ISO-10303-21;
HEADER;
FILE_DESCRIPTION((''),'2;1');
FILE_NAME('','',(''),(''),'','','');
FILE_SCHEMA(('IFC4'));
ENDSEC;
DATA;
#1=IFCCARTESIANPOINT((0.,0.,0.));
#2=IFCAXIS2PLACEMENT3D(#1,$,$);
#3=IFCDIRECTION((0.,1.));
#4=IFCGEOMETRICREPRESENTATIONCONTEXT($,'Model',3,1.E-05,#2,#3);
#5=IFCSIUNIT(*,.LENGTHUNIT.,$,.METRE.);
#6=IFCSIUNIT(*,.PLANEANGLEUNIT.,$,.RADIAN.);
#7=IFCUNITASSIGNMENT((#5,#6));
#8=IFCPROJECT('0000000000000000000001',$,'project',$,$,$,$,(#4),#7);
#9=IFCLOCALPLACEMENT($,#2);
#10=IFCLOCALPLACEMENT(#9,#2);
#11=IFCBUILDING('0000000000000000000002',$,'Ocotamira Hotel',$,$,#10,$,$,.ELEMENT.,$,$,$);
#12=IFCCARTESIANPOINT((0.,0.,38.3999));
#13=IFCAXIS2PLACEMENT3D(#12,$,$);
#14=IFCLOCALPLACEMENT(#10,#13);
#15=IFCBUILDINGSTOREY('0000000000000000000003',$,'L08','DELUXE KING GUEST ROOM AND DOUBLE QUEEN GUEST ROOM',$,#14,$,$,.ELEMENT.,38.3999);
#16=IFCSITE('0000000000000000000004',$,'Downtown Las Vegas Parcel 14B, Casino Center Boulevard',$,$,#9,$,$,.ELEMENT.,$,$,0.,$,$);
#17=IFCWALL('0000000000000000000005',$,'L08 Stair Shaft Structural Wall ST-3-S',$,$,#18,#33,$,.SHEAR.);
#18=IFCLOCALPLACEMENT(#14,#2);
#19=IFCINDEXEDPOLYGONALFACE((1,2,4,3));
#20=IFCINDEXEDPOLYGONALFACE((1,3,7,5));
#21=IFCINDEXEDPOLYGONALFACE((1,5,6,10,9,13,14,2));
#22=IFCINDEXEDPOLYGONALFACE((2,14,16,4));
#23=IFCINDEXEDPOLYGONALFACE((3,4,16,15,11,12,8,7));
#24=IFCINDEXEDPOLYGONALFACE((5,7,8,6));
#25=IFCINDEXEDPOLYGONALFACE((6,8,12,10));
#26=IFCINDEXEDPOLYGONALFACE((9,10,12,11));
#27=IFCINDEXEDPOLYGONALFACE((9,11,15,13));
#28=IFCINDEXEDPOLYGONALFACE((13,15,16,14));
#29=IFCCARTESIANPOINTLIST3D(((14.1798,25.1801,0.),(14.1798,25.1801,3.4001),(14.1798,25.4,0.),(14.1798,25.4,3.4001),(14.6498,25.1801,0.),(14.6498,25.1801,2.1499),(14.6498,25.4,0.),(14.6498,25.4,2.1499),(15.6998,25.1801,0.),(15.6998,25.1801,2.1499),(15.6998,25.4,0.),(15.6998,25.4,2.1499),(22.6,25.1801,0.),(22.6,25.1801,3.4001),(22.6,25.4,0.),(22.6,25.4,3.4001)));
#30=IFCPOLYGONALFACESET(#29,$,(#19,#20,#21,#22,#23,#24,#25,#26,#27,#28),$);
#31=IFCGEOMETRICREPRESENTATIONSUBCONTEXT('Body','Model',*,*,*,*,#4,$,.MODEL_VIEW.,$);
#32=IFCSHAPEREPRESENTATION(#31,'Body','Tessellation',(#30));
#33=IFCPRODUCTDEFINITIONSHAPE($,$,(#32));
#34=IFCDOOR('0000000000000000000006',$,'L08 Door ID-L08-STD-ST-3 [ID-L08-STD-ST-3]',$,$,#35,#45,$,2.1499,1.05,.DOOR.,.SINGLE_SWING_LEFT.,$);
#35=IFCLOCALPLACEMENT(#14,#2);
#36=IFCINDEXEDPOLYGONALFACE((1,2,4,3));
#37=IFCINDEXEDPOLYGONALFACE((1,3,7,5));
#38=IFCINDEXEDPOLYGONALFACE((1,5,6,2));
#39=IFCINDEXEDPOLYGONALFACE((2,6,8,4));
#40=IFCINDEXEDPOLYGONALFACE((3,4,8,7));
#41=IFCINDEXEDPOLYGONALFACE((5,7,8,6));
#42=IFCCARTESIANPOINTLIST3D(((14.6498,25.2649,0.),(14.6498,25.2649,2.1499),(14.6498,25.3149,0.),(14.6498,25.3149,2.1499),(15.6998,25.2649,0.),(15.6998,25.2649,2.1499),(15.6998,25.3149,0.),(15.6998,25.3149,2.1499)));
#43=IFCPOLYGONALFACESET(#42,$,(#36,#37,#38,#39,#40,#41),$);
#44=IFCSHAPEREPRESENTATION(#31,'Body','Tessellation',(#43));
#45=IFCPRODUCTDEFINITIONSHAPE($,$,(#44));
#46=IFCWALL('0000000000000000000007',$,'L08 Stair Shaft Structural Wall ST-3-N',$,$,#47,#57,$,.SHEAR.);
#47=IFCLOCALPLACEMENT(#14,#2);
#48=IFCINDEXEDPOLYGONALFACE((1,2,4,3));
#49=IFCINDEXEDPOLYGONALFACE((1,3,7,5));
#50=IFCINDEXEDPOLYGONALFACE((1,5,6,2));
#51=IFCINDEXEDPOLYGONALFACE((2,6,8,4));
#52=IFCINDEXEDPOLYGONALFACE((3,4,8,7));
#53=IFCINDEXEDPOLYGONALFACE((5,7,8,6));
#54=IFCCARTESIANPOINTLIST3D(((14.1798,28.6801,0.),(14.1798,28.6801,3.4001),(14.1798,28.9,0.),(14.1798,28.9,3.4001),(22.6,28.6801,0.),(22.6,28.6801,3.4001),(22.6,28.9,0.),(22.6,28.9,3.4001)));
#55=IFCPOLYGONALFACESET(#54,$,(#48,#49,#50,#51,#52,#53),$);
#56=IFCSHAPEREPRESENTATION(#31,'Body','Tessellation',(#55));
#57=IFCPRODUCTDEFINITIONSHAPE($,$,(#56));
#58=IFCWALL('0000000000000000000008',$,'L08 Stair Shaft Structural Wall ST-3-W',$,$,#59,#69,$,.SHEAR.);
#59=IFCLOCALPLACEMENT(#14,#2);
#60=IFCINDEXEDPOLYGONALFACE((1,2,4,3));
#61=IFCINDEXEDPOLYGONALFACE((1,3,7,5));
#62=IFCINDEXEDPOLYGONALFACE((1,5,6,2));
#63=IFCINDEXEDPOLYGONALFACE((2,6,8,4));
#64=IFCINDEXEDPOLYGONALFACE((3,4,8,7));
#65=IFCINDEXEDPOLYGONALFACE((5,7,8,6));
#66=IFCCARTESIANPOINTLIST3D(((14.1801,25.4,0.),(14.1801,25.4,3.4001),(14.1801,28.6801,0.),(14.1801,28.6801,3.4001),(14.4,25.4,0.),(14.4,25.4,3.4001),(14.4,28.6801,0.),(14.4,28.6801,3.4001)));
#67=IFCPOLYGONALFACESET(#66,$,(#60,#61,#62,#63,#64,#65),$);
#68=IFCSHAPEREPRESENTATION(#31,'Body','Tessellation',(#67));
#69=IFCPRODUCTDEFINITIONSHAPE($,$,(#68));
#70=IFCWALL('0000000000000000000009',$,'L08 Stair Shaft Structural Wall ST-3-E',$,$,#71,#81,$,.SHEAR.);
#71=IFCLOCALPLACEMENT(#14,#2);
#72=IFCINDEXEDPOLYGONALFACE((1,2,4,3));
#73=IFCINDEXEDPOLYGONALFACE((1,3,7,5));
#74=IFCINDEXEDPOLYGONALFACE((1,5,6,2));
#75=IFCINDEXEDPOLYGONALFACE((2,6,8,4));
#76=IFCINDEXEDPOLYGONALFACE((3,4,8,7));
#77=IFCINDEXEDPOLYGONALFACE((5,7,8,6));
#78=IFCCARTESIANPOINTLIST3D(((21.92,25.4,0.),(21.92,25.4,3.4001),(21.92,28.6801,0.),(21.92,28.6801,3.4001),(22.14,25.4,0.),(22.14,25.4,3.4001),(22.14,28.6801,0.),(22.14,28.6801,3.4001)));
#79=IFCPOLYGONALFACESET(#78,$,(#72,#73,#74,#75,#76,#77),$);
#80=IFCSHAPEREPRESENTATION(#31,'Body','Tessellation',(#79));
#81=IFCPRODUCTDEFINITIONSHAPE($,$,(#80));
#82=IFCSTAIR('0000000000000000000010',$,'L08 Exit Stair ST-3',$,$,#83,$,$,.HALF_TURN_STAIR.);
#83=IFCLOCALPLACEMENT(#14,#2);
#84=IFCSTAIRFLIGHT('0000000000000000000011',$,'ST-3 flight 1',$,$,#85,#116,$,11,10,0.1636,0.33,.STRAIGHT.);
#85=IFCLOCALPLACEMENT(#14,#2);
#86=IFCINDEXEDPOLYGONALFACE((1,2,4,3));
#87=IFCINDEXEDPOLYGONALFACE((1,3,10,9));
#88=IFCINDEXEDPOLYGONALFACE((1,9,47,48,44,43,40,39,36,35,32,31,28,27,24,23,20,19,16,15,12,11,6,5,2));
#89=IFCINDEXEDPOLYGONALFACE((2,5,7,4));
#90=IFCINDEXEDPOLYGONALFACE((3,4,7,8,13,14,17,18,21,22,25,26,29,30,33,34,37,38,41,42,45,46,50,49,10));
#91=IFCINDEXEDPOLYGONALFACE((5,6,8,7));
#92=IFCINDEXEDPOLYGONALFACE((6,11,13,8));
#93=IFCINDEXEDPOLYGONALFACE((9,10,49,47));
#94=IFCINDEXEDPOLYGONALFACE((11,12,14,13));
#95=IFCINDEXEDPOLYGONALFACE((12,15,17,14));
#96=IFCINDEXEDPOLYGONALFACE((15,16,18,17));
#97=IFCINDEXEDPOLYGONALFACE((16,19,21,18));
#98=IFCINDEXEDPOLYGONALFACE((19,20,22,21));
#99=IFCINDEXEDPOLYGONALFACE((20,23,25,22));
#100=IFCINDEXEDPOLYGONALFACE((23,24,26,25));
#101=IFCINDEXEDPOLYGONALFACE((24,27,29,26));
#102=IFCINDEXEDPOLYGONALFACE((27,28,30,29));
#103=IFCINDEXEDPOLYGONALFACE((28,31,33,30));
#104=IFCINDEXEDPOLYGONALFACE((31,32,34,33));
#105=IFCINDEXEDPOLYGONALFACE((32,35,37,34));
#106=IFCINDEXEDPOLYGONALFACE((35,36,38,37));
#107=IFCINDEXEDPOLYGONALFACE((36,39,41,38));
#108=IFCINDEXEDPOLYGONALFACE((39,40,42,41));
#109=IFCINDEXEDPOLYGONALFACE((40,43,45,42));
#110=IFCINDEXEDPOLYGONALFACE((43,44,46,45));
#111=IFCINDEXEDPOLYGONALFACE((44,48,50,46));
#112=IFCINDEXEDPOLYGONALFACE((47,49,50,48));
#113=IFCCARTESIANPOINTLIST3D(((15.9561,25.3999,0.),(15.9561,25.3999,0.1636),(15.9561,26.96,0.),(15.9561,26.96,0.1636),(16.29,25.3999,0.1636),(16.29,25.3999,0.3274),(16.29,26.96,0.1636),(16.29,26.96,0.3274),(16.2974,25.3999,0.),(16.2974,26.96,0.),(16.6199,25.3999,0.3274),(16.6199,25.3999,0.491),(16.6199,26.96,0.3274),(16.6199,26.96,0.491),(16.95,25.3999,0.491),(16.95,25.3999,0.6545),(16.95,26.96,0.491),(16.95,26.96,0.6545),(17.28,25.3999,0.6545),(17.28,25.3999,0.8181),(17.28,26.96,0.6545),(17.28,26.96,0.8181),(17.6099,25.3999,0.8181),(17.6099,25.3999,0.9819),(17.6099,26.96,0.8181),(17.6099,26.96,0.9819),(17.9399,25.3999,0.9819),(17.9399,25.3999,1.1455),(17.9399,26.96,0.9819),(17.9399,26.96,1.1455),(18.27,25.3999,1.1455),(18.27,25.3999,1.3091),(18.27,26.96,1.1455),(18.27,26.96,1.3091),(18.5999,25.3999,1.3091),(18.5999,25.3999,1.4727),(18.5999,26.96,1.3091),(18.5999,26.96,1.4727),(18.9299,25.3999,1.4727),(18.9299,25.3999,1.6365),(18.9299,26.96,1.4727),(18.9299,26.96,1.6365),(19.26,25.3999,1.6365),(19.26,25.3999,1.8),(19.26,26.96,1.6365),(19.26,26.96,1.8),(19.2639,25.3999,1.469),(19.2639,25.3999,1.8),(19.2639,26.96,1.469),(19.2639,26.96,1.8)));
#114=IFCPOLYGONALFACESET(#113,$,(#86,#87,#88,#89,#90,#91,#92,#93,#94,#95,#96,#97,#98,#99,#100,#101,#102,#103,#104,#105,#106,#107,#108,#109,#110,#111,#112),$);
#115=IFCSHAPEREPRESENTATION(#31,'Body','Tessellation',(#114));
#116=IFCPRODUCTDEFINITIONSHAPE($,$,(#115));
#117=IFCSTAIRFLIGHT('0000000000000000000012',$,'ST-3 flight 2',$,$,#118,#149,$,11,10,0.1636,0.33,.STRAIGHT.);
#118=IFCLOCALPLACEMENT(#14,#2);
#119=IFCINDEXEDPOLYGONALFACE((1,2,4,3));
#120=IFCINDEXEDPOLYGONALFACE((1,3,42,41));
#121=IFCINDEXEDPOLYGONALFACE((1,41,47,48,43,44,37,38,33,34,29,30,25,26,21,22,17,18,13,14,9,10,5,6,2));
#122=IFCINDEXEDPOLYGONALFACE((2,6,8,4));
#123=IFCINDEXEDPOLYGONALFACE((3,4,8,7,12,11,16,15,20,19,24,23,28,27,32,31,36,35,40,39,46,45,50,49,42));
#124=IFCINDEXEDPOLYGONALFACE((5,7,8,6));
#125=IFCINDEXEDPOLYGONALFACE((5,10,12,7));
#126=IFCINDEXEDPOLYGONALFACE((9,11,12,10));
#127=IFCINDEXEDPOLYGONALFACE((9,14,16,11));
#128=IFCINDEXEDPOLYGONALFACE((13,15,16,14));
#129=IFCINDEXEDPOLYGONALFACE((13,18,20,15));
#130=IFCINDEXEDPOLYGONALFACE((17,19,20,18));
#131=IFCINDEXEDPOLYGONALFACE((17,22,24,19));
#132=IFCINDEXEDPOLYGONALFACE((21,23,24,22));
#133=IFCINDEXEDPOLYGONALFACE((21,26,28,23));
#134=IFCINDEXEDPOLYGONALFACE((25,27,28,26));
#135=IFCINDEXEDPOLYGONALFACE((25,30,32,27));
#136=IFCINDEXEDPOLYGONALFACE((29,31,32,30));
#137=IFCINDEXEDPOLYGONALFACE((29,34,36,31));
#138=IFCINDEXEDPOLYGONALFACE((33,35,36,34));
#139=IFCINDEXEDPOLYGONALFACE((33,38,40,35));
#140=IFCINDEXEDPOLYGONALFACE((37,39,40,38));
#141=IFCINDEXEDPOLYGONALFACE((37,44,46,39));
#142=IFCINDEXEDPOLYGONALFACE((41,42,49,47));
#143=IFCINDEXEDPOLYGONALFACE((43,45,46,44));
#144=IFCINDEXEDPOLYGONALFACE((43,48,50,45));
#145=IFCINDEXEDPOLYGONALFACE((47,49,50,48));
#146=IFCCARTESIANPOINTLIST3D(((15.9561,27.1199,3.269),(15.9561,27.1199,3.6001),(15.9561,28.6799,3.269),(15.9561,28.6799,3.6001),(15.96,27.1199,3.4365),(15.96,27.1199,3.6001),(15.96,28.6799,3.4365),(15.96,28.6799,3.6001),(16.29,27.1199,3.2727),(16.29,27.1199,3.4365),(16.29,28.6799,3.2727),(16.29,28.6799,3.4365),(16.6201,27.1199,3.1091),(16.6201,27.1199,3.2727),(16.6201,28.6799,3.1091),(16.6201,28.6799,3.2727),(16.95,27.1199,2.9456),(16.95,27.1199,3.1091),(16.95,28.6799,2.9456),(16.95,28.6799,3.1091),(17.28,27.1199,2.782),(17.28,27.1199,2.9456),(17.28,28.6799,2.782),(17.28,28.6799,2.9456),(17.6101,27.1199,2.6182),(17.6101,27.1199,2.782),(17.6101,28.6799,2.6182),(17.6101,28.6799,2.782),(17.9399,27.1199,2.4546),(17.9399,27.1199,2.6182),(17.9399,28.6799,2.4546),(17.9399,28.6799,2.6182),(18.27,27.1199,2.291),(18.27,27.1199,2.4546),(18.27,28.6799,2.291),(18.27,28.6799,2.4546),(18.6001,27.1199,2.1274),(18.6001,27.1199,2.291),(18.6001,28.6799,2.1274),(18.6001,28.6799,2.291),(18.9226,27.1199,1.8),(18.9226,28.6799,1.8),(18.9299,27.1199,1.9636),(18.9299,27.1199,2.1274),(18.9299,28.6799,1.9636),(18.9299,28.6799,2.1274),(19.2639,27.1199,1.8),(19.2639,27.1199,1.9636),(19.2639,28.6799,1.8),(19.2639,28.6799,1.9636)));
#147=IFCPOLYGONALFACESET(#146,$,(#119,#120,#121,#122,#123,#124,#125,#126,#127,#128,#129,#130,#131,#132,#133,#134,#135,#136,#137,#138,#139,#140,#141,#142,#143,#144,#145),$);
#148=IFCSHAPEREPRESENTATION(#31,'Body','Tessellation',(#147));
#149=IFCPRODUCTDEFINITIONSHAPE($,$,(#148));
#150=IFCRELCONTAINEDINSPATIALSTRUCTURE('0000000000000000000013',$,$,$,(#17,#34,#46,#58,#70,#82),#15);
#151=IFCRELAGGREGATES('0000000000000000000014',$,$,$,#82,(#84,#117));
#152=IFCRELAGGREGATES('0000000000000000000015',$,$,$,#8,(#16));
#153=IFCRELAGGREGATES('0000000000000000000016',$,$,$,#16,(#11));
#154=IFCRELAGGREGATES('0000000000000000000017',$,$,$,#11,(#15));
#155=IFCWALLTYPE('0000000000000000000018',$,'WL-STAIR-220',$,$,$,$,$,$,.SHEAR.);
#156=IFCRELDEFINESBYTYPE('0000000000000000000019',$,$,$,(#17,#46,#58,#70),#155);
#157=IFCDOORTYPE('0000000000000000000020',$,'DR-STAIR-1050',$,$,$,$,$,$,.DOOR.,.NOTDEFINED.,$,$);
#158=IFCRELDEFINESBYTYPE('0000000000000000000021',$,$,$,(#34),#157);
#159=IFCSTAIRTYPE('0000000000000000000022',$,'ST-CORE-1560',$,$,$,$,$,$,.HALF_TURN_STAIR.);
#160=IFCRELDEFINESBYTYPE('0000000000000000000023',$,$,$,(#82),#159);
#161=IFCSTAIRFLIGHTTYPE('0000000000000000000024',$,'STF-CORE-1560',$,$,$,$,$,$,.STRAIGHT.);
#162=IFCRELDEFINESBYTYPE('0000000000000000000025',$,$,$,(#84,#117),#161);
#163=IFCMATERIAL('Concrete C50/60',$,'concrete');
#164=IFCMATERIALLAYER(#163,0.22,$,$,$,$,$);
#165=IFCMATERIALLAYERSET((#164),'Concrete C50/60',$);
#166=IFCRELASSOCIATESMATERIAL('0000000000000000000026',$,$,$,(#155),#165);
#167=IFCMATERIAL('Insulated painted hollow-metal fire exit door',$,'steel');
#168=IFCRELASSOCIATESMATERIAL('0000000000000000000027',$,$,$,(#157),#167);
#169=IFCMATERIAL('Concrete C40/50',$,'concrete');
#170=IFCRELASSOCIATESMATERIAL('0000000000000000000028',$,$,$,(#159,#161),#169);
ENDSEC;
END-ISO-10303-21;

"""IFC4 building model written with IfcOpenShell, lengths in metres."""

from ifc_helpers import new_model, si_unit, direction, frame, frame_2d, origin, place, context, subcontext, project, spatial, polyline, rectangle, outline, extrude, source, transform, mapped, material, layer, layer_set, type_object, element, fill, aggregate, save


model = new_model("IFC4")

# Units and contexts
model_context = context("Model", 3, precision=1e-05, world=origin(), true_north=direction((0.0, 1.0)))
body_context = subcontext(model_context, "Body", "Model", "MODEL_VIEW")
ifc_project = project(units=[si_unit("LENGTHUNIT", "METRE"), si_unit("PLANEANGLEUNIT", "RADIAN")], contexts=[model_context])

# Site, building, storey
site_placement = place(None, origin())
site = spatial("IfcSite", under=ifc_project, at=site_placement, Name="Downtown Las Vegas Parcel 14B, Casino Center Boulevard", CompositionType="ELEMENT", RefElevation=0.0)
building_placement = place(site_placement, origin())
building = spatial("IfcBuilding", under=site, at=building_placement, Name="Ocotamira Hotel", CompositionType="ELEMENT")
storey_placement = place(building_placement, frame((0.0, 0.0, 38.3999)))
storey = spatial("IfcBuildingStorey", under=building, at=storey_placement, Name="L08", Description="DELUXE KING GUEST ROOM AND DOUBLE QUEEN GUEST ROOM", CompositionType="ELEMENT", Elevation=38.3999)

# Wall, opening, door
ifc_material_1 = material(Name="Concrete C50/60", Category="concrete")
ifc_layer_1 = layer(ifc_material_1, 0.22)
ifc_layer_set_1 = layer_set([ifc_layer_1], Name="Concrete C50/60")
wall_type_1 = type_object("IfcWallType", Name="WL-STAIR-220", PredefinedType="SHEAR", material=ifc_layer_set_1)
wall_1_placement = place(storey_placement, frame((14.1799, 25.29, 0.0), z_axis=(0.0, 0.0, 1.0), x_axis=(1.0, 0.0, 0.0)))
wall_1 = element("IfcWall", 1, at=wall_1_placement, inside=storey, type_object=wall_type_1, Name="L08 Stair Shaft Structural Wall ST-3-S", PredefinedType="SHEAR", context=body_context, shape_type="SweptSolid", body=[
    extrude(rectangle(XDim=8.4202, YDim=0.22, at=frame_2d((4.21, 0.0))), origin(), (0.0, 0.0, 1.0), 3.4001),
])
opening_1_placement = place(wall_1_placement, frame((0.47, 0.0, 0.0)))
opening_1 = element("IfcOpeningElement", 2, at=opening_1_placement, cuts=wall_1, PredefinedType="OPENING", context=body_context, shape_type="SweptSolid", body=[
    extrude(rectangle(XDim=1.05, YDim=2.1499, at=frame_2d((0.5249, 1.075))), frame((0.0, 0.1201, 0.0), z_axis=(0.0, -1.0, 0.0), x_axis=(1.0, 0.0, 0.0)), (0.0, 0.0, 1.0), 0.24),
])
ifc_material_2 = material(Name="Insulated painted hollow-metal fire exit door", Category="steel")
door_type_1 = type_object("IfcDoorType", Name="DR-STAIR-1050", OperationType="NOTDEFINED", PredefinedType="DOOR", material=ifc_material_2)
shared_shape_1 = source(origin(), body_context, "Body", "SweptSolid", [
    extrude(rectangle(XDim=1.05, YDim=2.1499, at=frame_2d((0.5249, 1.075))), frame((0.0, 0.0249, 0.0), z_axis=(0.0, -1.0, 0.0), x_axis=(1.0, 0.0, 0.0)), (0.0, 0.0, 1.0), 0.05),
])
door_1_placement = place(opening_1_placement, origin())
door_1 = element("IfcDoor", 3, at=door_1_placement, inside=storey, type_object=door_type_1, Name="L08 Door ID-L08-STD-ST-3 [ID-L08-STD-ST-3]", OperationType="SINGLE_SWING_LEFT", OverallHeight=2.1499, OverallWidth=1.05, PredefinedType="DOOR", context=body_context, shape_type="MappedRepresentation", body=[
    mapped(shared_shape_1, transform((0.0, 0.0, 0.0), scale=1.0)),
])
fill(opening_1, door_1)

# Walls
wall_2_placement = place(storey_placement, frame((14.1799, 28.79, 0.0), z_axis=(0.0, 0.0, 1.0), x_axis=(1.0, 0.0, 0.0)))
element("IfcWall", 4, at=wall_2_placement, inside=storey, type_object=wall_type_1, Name="L08 Stair Shaft Structural Wall ST-3-N", PredefinedType="SHEAR", context=body_context, shape_type="SweptSolid", body=[
    extrude(rectangle(XDim=8.4202, YDim=0.22, at=frame_2d((4.21, 0.0))), origin(), (0.0, 0.0, 1.0), 3.4001),
])
for number, where, z_axis, x_axis, name in (
    (5, (14.29, 25.3999, 0.0), (0.0, 0.0, 1.0), (0.0, 1.0, 0.0), "L08 Stair Shaft Structural Wall ST-3-W"),
    (6, (22.03, 25.3999, 0.0), (0.0, 0.0, 1.0), (0.0, 1.0, 0.0), "L08 Stair Shaft Structural Wall ST-3-E"),
):
    element("IfcWall", number, at=place(storey_placement, frame(where, z_axis=z_axis, x_axis=x_axis)), inside=storey, type_object=wall_type_1, Name=name, PredefinedType="SHEAR", context=body_context, shape_type="SweptSolid", body=[
        extrude(rectangle(XDim=3.28, YDim=0.22, at=frame_2d((1.6401, 0.0))), origin(), (0.0, 0.0, 1.0), 3.4001),
    ])

# Stair, stair flights
ifc_material_3 = material(Name="Concrete C40/50", Category="concrete")
stair_type = type_object("IfcStairType", Name="ST-CORE-1560", PredefinedType="HALF_TURN_STAIR", material=ifc_material_3)
stair_placement = place(storey_placement, origin())
stair = element("IfcStair", 7, at=stair_placement, inside=storey, type_object=stair_type, Name="L08 Exit Stair ST-3", PredefinedType="HALF_TURN_STAIR")
stair_flight_type = type_object("IfcStairFlightType", Name="STF-CORE-1560", PredefinedType="STRAIGHT", material=ifc_material_3)
shared_shape_2 = source(origin(), body_context, "Body", "SweptSolid", [
    extrude(outline(polyline([(-0.0039, 0.0), (-0.0039, 0.1636), (0.3301, 0.1636), (0.3301, 0.3274), (0.6599, 0.3274), (0.6599, 0.491), (0.99, 0.491), (0.99, 0.6545), (1.3201, 0.6545), (1.3201, 0.8181), (1.6499, 0.8181), (1.6499, 0.9819), (1.98, 0.9819), (1.98, 1.1455), (2.3101, 1.1455), (2.3101, 1.3091), (2.6399, 1.3091), (2.6399, 1.4727), (2.97, 1.4727), (2.97, 1.6365), (3.3, 1.6365), (3.3, 1.8), (3.304, 1.8), (3.304, 1.469), (0.3374, 0.0), (-0.0039, 0.0)])), frame((0.0, 0.78, 0.0), z_axis=(0.0, -1.0, 0.0), x_axis=(1.0, 0.0, 0.0)), (0.0, 0.0, 1.0), 1.5601),
])
stair_flight_1_placement = place(storey_placement, frame((15.96, 26.1799, 0.0), z_axis=(0.0, 0.0, 1.0), x_axis=(1.0, 0.0, 0.0)))
stair_flight_1 = element("IfcStairFlight", 8, at=stair_flight_1_placement, type_object=stair_flight_type, Name="ST-3 flight 1", NumberOfRisers=11, NumberOfTreads=10, PredefinedType="STRAIGHT", RiserHeight=0.1636, TreadLength=0.33, context=body_context, shape_type="MappedRepresentation", body=[
    mapped(shared_shape_2, transform((0.0, 0.0, 0.0), scale=1.0)),
])
stair_flight_2_placement = place(storey_placement, frame((19.26, 27.8999, 1.8), z_axis=(0.0, 0.0, 1.0), x_axis=(-1.0, 0.0, 0.0)))
stair_flight_2 = element("IfcStairFlight", 9, at=stair_flight_2_placement, type_object=stair_flight_type, Name="ST-3 flight 2", NumberOfRisers=11, NumberOfTreads=10, PredefinedType="STRAIGHT", RiserHeight=0.1636, TreadLength=0.33, context=body_context, shape_type="MappedRepresentation", body=[
    mapped(shared_shape_2, transform((0.0, 0.0, 0.0), scale=1.0)),
])
aggregate(stair, [stair_flight_1, stair_flight_2])

save(model, "model.ifc")
